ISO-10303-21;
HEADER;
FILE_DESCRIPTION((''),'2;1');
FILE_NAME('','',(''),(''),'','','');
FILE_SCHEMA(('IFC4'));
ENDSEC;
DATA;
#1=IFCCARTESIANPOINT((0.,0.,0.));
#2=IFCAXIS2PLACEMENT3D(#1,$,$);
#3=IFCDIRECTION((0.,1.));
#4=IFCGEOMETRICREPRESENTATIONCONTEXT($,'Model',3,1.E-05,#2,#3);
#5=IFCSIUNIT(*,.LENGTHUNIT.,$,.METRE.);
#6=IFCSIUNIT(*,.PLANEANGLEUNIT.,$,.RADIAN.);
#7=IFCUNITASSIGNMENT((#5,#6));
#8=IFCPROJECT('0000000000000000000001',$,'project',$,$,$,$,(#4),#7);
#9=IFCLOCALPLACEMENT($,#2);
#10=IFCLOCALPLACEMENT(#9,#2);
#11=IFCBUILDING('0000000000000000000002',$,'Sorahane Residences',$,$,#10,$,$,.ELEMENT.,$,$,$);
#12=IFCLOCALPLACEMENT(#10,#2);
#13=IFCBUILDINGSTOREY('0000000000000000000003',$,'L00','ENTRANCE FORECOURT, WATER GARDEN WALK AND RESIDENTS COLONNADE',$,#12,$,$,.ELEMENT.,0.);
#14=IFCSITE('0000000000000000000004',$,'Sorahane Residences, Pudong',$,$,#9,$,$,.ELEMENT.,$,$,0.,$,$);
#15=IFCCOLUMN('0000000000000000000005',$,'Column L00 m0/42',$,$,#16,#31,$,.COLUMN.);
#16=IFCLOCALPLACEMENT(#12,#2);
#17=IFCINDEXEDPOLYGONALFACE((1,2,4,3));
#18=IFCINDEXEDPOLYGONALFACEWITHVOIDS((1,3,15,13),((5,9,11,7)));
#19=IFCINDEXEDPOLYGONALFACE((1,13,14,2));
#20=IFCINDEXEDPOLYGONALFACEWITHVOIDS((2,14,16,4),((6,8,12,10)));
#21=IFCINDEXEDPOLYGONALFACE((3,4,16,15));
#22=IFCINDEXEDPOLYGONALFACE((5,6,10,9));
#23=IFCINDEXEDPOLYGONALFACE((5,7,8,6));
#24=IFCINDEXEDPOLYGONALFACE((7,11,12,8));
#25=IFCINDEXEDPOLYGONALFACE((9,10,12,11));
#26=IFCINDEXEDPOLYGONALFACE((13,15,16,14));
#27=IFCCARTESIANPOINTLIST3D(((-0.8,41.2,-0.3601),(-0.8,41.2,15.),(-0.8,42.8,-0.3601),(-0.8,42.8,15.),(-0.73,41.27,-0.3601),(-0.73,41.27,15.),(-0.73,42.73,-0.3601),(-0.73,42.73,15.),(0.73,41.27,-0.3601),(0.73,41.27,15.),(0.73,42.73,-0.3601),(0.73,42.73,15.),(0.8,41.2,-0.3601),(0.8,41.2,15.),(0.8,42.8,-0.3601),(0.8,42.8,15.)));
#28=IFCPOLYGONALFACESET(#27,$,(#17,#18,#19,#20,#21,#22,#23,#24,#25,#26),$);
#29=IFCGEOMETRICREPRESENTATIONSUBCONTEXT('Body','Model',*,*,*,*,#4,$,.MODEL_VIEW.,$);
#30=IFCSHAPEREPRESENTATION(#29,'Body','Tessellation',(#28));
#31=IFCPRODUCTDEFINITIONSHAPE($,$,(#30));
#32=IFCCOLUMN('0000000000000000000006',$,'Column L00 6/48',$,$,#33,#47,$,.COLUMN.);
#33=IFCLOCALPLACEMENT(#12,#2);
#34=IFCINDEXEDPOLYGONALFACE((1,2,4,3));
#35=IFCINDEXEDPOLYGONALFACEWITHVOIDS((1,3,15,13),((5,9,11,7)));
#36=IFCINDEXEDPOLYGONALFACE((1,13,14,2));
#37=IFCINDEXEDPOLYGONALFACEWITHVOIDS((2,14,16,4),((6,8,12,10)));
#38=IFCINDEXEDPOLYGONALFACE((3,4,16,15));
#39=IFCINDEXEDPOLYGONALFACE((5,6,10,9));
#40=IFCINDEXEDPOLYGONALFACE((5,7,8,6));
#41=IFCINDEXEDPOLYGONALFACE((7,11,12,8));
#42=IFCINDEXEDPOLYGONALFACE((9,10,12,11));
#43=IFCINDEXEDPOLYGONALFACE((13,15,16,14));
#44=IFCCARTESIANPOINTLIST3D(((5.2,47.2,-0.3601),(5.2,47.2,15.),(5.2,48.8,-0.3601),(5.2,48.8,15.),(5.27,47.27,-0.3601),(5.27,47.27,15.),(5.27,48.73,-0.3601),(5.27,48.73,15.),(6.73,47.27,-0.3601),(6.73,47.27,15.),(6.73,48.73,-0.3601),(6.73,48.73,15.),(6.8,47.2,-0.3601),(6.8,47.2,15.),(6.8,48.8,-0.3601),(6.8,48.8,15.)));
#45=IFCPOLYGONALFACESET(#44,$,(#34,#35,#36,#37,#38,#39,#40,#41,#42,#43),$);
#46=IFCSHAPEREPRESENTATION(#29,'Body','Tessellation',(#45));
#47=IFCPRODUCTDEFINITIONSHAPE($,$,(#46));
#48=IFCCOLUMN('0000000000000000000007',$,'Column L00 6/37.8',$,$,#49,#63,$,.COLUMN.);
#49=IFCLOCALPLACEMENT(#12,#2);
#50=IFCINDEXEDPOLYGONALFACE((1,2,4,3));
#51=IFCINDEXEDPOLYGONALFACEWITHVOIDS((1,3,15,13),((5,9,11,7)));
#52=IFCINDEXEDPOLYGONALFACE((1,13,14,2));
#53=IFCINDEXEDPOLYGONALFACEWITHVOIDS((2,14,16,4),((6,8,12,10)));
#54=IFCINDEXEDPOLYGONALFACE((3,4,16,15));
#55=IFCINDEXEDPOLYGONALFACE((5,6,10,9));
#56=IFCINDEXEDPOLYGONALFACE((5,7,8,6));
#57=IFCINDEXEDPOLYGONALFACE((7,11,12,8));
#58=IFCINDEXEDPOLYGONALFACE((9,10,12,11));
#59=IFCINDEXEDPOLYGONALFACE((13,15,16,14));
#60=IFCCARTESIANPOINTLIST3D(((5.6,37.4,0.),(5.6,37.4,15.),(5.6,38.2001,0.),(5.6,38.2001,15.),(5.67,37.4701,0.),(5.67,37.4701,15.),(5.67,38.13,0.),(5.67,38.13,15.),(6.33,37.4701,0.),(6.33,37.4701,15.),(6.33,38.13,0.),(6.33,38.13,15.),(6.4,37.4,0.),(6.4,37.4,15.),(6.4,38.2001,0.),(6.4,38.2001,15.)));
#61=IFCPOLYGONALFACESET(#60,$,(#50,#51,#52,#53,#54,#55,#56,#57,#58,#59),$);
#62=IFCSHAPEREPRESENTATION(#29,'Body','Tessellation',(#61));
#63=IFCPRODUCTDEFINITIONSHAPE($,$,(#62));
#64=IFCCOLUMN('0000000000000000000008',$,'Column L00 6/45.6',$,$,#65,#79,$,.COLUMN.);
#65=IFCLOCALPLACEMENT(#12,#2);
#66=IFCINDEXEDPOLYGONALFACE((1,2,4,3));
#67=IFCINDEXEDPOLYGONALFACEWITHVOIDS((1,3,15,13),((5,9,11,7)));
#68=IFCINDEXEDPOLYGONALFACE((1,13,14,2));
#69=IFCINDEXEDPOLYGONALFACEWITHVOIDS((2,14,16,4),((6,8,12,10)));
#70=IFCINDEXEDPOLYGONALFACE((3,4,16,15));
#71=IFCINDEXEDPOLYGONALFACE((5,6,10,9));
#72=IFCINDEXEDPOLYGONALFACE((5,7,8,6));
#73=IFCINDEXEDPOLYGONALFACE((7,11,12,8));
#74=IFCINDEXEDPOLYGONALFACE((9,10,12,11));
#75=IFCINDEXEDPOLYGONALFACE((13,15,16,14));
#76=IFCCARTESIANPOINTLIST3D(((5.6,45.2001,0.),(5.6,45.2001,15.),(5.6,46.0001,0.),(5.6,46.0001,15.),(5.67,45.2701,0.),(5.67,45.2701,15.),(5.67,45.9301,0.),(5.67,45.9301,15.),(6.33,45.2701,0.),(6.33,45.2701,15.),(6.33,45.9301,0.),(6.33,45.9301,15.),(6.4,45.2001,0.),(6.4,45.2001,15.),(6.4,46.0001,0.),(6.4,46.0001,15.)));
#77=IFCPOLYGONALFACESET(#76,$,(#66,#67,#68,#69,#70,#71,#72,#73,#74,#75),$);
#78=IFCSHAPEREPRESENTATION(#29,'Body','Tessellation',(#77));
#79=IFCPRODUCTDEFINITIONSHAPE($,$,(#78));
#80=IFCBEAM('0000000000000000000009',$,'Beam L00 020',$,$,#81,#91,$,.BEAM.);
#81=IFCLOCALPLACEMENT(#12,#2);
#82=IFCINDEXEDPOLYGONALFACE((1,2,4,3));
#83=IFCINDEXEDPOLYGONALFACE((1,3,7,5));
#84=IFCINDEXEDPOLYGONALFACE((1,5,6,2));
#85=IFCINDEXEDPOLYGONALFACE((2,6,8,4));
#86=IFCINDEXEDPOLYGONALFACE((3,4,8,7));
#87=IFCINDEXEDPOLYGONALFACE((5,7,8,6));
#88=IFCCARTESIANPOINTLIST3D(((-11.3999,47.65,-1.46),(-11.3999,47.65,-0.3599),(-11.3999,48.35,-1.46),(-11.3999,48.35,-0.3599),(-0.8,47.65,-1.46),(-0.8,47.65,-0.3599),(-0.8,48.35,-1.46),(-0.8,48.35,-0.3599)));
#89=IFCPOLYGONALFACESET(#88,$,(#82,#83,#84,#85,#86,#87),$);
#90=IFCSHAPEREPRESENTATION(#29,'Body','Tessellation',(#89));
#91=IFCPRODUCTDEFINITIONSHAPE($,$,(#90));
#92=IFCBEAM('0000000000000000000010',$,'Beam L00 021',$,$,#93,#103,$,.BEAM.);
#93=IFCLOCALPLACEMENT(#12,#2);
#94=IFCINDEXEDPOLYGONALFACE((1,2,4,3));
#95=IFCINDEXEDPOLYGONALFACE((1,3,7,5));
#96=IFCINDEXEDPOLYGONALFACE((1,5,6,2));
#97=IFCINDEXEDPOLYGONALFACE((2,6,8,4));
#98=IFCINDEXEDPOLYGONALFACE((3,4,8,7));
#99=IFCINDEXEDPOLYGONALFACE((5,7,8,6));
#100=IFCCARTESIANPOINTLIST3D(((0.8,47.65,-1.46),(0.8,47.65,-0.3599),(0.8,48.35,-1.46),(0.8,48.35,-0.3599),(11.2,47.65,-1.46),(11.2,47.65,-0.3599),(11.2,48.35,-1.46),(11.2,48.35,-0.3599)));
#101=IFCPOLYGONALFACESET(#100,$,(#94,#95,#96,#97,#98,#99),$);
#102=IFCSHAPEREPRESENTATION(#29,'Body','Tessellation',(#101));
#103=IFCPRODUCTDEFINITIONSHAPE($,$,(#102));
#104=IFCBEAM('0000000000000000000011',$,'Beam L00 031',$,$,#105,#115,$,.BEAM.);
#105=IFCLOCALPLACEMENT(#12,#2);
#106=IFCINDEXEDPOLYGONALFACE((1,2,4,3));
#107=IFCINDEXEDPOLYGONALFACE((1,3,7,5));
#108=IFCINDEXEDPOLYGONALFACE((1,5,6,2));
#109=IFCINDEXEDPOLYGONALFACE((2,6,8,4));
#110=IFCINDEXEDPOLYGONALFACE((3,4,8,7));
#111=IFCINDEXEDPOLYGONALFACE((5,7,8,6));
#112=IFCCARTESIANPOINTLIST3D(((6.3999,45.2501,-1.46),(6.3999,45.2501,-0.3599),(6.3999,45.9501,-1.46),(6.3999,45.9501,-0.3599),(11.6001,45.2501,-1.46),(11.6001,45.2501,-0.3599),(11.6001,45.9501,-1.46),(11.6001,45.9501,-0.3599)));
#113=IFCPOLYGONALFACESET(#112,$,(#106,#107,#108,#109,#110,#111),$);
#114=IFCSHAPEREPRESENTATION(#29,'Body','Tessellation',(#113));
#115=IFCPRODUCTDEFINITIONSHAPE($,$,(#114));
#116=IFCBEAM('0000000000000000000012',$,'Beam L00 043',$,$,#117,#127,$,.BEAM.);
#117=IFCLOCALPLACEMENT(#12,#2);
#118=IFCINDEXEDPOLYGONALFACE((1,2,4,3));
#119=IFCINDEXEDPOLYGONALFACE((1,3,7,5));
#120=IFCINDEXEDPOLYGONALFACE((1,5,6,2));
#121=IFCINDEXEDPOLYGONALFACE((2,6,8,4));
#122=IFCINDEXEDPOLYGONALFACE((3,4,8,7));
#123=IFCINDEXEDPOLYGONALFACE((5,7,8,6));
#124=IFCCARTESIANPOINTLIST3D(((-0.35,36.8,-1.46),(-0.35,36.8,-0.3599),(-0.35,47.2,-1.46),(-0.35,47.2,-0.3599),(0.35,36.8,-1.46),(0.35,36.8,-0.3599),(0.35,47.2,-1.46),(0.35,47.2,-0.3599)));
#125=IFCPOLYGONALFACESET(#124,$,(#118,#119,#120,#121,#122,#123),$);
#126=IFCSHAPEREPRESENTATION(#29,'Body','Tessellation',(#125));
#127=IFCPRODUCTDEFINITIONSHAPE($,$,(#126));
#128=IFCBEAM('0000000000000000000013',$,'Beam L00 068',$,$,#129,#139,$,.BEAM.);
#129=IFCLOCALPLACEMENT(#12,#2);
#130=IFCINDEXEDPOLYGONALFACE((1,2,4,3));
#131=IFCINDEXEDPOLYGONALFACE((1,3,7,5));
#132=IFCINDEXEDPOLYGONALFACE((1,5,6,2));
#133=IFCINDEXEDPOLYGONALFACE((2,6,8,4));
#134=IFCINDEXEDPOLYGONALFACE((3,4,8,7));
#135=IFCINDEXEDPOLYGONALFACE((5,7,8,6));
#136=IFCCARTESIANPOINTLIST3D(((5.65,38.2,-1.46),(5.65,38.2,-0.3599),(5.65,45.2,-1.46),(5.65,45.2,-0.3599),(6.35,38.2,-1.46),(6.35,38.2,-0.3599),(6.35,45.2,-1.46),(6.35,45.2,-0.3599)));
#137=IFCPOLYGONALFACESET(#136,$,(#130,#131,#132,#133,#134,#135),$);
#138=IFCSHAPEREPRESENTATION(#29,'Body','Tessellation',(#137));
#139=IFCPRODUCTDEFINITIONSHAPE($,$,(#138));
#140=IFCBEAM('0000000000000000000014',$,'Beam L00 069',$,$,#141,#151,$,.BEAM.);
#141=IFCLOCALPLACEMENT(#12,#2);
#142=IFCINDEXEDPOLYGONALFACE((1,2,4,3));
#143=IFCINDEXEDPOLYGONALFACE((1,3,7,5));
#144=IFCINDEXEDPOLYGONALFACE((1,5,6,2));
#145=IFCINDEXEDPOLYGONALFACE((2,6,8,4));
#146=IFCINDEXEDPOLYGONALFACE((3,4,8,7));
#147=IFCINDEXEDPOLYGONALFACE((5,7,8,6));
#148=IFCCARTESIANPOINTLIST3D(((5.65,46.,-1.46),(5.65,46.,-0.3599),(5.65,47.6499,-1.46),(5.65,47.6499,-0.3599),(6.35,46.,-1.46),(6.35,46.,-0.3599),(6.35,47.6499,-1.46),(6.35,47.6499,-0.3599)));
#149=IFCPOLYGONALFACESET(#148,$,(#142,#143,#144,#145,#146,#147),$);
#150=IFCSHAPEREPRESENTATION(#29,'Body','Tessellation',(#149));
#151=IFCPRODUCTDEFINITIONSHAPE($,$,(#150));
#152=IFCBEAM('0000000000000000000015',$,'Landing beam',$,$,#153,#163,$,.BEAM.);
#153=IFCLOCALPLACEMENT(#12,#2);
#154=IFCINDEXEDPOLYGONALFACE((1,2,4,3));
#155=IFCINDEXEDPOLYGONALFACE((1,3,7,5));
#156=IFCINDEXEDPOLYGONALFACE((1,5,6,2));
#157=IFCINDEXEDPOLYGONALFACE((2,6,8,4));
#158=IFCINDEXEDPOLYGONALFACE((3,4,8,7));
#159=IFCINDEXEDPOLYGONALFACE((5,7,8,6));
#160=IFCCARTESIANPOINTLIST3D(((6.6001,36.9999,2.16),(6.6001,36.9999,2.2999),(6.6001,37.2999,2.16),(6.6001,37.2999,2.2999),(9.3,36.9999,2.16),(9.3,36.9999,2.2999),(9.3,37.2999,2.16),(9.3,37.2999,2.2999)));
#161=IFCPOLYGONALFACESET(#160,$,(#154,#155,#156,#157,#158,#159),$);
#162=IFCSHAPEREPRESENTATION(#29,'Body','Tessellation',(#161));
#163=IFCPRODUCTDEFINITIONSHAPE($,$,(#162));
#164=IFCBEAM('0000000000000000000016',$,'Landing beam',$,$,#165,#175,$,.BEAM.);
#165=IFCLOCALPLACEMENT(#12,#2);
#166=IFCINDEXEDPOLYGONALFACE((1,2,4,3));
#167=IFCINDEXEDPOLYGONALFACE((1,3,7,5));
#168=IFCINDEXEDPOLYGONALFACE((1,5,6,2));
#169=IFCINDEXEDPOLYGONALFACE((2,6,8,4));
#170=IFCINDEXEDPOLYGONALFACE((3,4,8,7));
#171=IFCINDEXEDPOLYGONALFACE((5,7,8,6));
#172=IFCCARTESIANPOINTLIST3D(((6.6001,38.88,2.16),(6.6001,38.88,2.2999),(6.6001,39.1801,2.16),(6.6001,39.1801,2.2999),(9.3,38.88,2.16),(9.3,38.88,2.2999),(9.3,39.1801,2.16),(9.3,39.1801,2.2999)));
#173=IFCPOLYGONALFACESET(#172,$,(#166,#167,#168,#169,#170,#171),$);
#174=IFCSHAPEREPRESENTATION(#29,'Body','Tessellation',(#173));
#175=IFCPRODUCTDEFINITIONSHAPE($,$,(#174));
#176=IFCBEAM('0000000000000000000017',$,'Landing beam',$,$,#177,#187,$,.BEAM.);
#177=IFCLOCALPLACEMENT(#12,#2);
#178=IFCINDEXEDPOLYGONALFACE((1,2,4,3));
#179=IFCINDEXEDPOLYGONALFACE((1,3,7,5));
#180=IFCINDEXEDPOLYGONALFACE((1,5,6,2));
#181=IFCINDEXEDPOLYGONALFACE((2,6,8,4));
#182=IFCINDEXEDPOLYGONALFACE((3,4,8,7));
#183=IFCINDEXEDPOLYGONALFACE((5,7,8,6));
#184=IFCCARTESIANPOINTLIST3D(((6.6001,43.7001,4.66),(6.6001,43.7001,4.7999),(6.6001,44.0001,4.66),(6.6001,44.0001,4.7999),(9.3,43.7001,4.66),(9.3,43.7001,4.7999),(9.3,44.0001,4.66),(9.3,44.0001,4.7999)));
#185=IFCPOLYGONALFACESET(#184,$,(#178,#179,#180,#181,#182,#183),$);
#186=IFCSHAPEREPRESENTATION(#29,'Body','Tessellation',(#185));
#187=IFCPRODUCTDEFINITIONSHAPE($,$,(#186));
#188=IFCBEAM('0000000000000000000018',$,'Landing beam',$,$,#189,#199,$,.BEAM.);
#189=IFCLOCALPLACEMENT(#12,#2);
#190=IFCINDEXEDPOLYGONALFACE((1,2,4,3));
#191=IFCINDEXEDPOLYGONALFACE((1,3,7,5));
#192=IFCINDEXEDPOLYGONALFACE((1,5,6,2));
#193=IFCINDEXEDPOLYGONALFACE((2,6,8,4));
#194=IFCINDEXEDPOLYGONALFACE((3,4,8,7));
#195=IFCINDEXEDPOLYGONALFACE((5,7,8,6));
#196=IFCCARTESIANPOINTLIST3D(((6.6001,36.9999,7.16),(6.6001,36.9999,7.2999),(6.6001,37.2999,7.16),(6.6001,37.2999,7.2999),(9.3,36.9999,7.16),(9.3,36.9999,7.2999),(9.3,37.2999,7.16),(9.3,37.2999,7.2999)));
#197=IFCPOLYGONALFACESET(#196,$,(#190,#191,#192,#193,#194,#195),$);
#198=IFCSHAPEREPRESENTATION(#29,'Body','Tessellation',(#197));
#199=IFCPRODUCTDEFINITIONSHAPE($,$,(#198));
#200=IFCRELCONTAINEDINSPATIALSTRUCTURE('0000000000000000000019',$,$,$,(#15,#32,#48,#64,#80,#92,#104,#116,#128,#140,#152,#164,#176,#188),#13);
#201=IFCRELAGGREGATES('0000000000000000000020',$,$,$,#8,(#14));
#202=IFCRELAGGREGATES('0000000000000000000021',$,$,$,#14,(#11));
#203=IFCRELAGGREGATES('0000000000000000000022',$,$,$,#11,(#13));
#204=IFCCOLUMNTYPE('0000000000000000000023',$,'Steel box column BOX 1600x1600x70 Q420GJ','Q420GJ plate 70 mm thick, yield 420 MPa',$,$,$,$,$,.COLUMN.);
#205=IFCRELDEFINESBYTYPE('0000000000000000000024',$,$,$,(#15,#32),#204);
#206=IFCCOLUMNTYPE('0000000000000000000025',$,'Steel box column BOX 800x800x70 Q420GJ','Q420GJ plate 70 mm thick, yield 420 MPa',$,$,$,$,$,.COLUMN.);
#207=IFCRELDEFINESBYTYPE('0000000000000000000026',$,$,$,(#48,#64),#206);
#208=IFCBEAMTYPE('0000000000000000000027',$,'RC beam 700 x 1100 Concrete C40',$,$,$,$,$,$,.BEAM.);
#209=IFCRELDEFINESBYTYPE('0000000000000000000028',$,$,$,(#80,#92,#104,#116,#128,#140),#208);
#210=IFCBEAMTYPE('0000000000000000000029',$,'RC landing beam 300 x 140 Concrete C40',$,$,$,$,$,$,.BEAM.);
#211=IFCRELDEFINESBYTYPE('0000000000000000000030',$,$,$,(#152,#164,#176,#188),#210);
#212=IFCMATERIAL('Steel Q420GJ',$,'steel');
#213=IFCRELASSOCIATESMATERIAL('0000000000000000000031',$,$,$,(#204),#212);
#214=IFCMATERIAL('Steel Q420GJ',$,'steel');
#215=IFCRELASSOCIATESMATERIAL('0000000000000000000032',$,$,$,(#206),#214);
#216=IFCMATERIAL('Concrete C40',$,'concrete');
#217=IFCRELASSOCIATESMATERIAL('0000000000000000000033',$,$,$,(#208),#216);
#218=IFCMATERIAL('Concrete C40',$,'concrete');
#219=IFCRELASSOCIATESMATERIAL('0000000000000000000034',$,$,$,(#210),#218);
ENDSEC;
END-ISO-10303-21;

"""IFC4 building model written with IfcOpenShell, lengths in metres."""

from ifc_helpers import new_model, si_unit, direction, frame, origin, origin_2d, place, context, subcontext, project, spatial, rectangle, hollow_rectangle, extrude, material, material_profile, profile_set, type_object, element, save


model = new_model("IFC4")

# Units and contexts
model_context = context("Model", 3, precision=1e-05, world=origin(), true_north=direction((0.0, 1.0)))
body_context = subcontext(model_context, "Body", "Model", "MODEL_VIEW")
ifc_project = project(units=[si_unit("LENGTHUNIT", "METRE"), si_unit("PLANEANGLEUNIT", "RADIAN")], contexts=[model_context])

# Site, building, storey
site_placement = place(None, origin())
site = spatial("IfcSite", under=ifc_project, at=site_placement, Name="Sorahane Residences, Pudong", CompositionType="ELEMENT", RefElevation=0.0)
building_placement = place(site_placement, origin())
building = spatial("IfcBuilding", under=site, at=building_placement, Name="Sorahane Residences", CompositionType="ELEMENT")
storey_placement = place(building_placement, origin())
storey = spatial("IfcBuildingStorey", under=building, at=storey_placement, Name="L00", Description="ENTRANCE FORECOURT, WATER GARDEN WALK AND RESIDENTS COLONNADE", CompositionType="ELEMENT", Elevation=0.0)

# Columns
ifc_material_1 = material(Name="Steel Q420GJ", Category="steel")
ifc_material_profile_1 = material_profile(ifc_material_1, hollow_rectangle(XDim=1.6001, YDim=1.6001, WallThickness=0.0701, at=origin_2d()), Name="BOX 1600x1600x70")
ifc_profile_set_1 = profile_set([ifc_material_profile_1], Name="Steel Q420GJ")
column_type_1 = type_object("IfcColumnType", Name="Steel box column BOX 1600x1600x70 Q420GJ", Description="Q420GJ plate 70 mm thick, yield 420 MPa", PredefinedType="COLUMN", material=ifc_profile_set_1)
for number, where, z_axis, x_axis, name in (
    (1, (0.0, 42.0, -0.3601), (0.0, 0.0, 1.0), (1.0, 0.0, 0.0), "Column L00 m0/42"),
    (2, (6.0, 48.0, -0.3601), (0.0, 0.0, 1.0), (1.0, 0.0, 0.0), "Column L00 6/48"),
):
    element("IfcColumn", number, at=place(storey_placement, frame(where, z_axis=z_axis, x_axis=x_axis)), inside=storey, type_object=column_type_1, Name=name, PredefinedType="COLUMN", context=body_context, shape_type="SweptSolid", body=[
        extrude(hollow_rectangle(XDim=1.6001, YDim=1.6001, WallThickness=0.0701, at=origin_2d()), origin(), (0.0, 0.0, 1.0), 15.3601),
    ])
ifc_material_2 = material(Name="Steel Q420GJ", Category="steel")
ifc_material_profile_2 = material_profile(ifc_material_2, hollow_rectangle(XDim=0.8, YDim=0.8, WallThickness=0.0701, at=origin_2d()), Name="BOX 800x800x70")
ifc_profile_set_2 = profile_set([ifc_material_profile_2], Name="Steel Q420GJ")
column_type_2 = type_object("IfcColumnType", Name="Steel box column BOX 800x800x70 Q420GJ", Description="Q420GJ plate 70 mm thick, yield 420 MPa", PredefinedType="COLUMN", material=ifc_profile_set_2)
for number, where, z_axis, x_axis, name in (
    (3, (6.0, 37.8, 0.0), (0.0, 0.0, 1.0), (1.0, 0.0, 0.0), "Column L00 6/37.8"),
    (4, (6.0, 45.6001, 0.0), (0.0, 0.0, 1.0), (1.0, 0.0, 0.0), "Column L00 6/45.6"),
):
    element("IfcColumn", number, at=place(storey_placement, frame(where, z_axis=z_axis, x_axis=x_axis)), inside=storey, type_object=column_type_2, Name=name, PredefinedType="COLUMN", context=body_context, shape_type="SweptSolid", body=[
        extrude(hollow_rectangle(XDim=0.8, YDim=0.8, WallThickness=0.0701, at=origin_2d()), origin(), (0.0, 0.0, 1.0), 15.0),
    ])

# Beams
ifc_material_3 = material(Name="Concrete C40", Category="concrete")
ifc_material_profile_3 = material_profile(ifc_material_3, rectangle(XDim=0.7, YDim=1.1001, at=origin_2d()), Name="700x1100")
ifc_profile_set_3 = profile_set([ifc_material_profile_3], Name="Concrete C40")
beam_type_1 = type_object("IfcBeamType", Name="RC beam 700 x 1100 Concrete C40", PredefinedType="BEAM", material=ifc_profile_set_3)
beam_1_placement = place(storey_placement, frame((-11.3999, 48.0, -0.9099), z_axis=(1.0, 0.0, 0.0), x_axis=(0.0, 1.0, 0.0)))
element("IfcBeam", 5, at=beam_1_placement, inside=storey, type_object=beam_type_1, Name="Beam L00 020", PredefinedType="BEAM", context=body_context, shape_type="SweptSolid", body=[
    extrude(rectangle(XDim=0.7, YDim=1.1001, at=origin_2d()), origin(), (0.0, 0.0, 1.0), 10.5999),
])
beam_2_placement = place(storey_placement, frame((0.8, 48.0, -0.9099), z_axis=(1.0, 0.0, 0.0), x_axis=(0.0, 1.0, 0.0)))
element("IfcBeam", 6, at=beam_2_placement, inside=storey, type_object=beam_type_1, Name="Beam L00 021", PredefinedType="BEAM", context=body_context, shape_type="SweptSolid", body=[
    extrude(rectangle(XDim=0.7, YDim=1.1001, at=origin_2d()), origin(), (0.0, 0.0, 1.0), 10.3999),
])
beam_3_placement = place(storey_placement, frame((6.3999, 45.6001, -0.9099), z_axis=(1.0, 0.0, 0.0), x_axis=(0.0, 1.0, 0.0)))
element("IfcBeam", 7, at=beam_3_placement, inside=storey, type_object=beam_type_1, Name="Beam L00 031", PredefinedType="BEAM", context=body_context, shape_type="SweptSolid", body=[
    extrude(rectangle(XDim=0.7, YDim=1.1001, at=origin_2d()), origin(), (0.0, 0.0, 1.0), 5.2002),
])
beam_4_placement = place(storey_placement, frame((0.0, 36.8, -0.9099), z_axis=(0.0, 1.0, 0.0), x_axis=(-1.0, 0.0, 0.0)))
element("IfcBeam", 8, at=beam_4_placement, inside=storey, type_object=beam_type_1, Name="Beam L00 043", PredefinedType="BEAM", context=body_context, shape_type="SweptSolid", body=[
    extrude(rectangle(XDim=0.7, YDim=1.1001, at=origin_2d()), origin(), (0.0, 0.0, 1.0), 10.3999),
])
beam_5_placement = place(storey_placement, frame((6.0, 38.2, -0.9099), z_axis=(0.0, 1.0, 0.0), x_axis=(-1.0, 0.0, 0.0)))
element("IfcBeam", 9, at=beam_5_placement, inside=storey, type_object=beam_type_1, Name="Beam L00 068", PredefinedType="BEAM", context=body_context, shape_type="SweptSolid", body=[
    extrude(rectangle(XDim=0.7, YDim=1.1001, at=origin_2d()), origin(), (0.0, 0.0, 1.0), 7.0),
])
beam_6_placement = place(storey_placement, frame((6.0, 46.0, -0.9099), z_axis=(0.0, 1.0, 0.0), x_axis=(-1.0, 0.0, 0.0)))
element("IfcBeam", 10, at=beam_6_placement, inside=storey, type_object=beam_type_1, Name="Beam L00 069", PredefinedType="BEAM", context=body_context, shape_type="SweptSolid", body=[
    extrude(rectangle(XDim=0.7, YDim=1.1001, at=origin_2d()), origin(), (0.0, 0.0, 1.0), 1.6499),
])
ifc_material_4 = material(Name="Concrete C40", Category="concrete")
ifc_material_profile_4 = material_profile(ifc_material_4, rectangle(XDim=0.3, YDim=0.1399, at=origin_2d()), Name="300x140")
ifc_profile_set_4 = profile_set([ifc_material_profile_4], Name="Concrete C40")
beam_type_2 = type_object("IfcBeamType", Name="RC landing beam 300 x 140 Concrete C40", PredefinedType="BEAM", material=ifc_profile_set_4)
for number, where, z_axis, x_axis, name in (
    (11, (6.6001, 37.1499, 2.23), (1.0, 0.0, 0.0), (0.0, 1.0, 0.0), "Landing beam"),
    (12, (6.6001, 39.03, 2.23), (1.0, 0.0, 0.0), (0.0, 1.0, 0.0), "Landing beam"),
    (13, (6.6001, 43.8501, 4.73), (1.0, 0.0, 0.0), (0.0, 1.0, 0.0), "Landing beam"),
    (14, (6.6001, 37.1499, 7.23), (1.0, 0.0, 0.0), (0.0, 1.0, 0.0), "Landing beam"),
):
    element("IfcBeam", number, at=place(storey_placement, frame(where, z_axis=z_axis, x_axis=x_axis)), inside=storey, type_object=beam_type_2, Name=name, PredefinedType="BEAM", context=body_context, shape_type="SweptSolid", body=[
        extrude(rectangle(XDim=0.3, YDim=0.1399, at=origin_2d()), origin(), (0.0, 0.0, 1.0), 2.7),
    ])

save(model, "model.ifc")
